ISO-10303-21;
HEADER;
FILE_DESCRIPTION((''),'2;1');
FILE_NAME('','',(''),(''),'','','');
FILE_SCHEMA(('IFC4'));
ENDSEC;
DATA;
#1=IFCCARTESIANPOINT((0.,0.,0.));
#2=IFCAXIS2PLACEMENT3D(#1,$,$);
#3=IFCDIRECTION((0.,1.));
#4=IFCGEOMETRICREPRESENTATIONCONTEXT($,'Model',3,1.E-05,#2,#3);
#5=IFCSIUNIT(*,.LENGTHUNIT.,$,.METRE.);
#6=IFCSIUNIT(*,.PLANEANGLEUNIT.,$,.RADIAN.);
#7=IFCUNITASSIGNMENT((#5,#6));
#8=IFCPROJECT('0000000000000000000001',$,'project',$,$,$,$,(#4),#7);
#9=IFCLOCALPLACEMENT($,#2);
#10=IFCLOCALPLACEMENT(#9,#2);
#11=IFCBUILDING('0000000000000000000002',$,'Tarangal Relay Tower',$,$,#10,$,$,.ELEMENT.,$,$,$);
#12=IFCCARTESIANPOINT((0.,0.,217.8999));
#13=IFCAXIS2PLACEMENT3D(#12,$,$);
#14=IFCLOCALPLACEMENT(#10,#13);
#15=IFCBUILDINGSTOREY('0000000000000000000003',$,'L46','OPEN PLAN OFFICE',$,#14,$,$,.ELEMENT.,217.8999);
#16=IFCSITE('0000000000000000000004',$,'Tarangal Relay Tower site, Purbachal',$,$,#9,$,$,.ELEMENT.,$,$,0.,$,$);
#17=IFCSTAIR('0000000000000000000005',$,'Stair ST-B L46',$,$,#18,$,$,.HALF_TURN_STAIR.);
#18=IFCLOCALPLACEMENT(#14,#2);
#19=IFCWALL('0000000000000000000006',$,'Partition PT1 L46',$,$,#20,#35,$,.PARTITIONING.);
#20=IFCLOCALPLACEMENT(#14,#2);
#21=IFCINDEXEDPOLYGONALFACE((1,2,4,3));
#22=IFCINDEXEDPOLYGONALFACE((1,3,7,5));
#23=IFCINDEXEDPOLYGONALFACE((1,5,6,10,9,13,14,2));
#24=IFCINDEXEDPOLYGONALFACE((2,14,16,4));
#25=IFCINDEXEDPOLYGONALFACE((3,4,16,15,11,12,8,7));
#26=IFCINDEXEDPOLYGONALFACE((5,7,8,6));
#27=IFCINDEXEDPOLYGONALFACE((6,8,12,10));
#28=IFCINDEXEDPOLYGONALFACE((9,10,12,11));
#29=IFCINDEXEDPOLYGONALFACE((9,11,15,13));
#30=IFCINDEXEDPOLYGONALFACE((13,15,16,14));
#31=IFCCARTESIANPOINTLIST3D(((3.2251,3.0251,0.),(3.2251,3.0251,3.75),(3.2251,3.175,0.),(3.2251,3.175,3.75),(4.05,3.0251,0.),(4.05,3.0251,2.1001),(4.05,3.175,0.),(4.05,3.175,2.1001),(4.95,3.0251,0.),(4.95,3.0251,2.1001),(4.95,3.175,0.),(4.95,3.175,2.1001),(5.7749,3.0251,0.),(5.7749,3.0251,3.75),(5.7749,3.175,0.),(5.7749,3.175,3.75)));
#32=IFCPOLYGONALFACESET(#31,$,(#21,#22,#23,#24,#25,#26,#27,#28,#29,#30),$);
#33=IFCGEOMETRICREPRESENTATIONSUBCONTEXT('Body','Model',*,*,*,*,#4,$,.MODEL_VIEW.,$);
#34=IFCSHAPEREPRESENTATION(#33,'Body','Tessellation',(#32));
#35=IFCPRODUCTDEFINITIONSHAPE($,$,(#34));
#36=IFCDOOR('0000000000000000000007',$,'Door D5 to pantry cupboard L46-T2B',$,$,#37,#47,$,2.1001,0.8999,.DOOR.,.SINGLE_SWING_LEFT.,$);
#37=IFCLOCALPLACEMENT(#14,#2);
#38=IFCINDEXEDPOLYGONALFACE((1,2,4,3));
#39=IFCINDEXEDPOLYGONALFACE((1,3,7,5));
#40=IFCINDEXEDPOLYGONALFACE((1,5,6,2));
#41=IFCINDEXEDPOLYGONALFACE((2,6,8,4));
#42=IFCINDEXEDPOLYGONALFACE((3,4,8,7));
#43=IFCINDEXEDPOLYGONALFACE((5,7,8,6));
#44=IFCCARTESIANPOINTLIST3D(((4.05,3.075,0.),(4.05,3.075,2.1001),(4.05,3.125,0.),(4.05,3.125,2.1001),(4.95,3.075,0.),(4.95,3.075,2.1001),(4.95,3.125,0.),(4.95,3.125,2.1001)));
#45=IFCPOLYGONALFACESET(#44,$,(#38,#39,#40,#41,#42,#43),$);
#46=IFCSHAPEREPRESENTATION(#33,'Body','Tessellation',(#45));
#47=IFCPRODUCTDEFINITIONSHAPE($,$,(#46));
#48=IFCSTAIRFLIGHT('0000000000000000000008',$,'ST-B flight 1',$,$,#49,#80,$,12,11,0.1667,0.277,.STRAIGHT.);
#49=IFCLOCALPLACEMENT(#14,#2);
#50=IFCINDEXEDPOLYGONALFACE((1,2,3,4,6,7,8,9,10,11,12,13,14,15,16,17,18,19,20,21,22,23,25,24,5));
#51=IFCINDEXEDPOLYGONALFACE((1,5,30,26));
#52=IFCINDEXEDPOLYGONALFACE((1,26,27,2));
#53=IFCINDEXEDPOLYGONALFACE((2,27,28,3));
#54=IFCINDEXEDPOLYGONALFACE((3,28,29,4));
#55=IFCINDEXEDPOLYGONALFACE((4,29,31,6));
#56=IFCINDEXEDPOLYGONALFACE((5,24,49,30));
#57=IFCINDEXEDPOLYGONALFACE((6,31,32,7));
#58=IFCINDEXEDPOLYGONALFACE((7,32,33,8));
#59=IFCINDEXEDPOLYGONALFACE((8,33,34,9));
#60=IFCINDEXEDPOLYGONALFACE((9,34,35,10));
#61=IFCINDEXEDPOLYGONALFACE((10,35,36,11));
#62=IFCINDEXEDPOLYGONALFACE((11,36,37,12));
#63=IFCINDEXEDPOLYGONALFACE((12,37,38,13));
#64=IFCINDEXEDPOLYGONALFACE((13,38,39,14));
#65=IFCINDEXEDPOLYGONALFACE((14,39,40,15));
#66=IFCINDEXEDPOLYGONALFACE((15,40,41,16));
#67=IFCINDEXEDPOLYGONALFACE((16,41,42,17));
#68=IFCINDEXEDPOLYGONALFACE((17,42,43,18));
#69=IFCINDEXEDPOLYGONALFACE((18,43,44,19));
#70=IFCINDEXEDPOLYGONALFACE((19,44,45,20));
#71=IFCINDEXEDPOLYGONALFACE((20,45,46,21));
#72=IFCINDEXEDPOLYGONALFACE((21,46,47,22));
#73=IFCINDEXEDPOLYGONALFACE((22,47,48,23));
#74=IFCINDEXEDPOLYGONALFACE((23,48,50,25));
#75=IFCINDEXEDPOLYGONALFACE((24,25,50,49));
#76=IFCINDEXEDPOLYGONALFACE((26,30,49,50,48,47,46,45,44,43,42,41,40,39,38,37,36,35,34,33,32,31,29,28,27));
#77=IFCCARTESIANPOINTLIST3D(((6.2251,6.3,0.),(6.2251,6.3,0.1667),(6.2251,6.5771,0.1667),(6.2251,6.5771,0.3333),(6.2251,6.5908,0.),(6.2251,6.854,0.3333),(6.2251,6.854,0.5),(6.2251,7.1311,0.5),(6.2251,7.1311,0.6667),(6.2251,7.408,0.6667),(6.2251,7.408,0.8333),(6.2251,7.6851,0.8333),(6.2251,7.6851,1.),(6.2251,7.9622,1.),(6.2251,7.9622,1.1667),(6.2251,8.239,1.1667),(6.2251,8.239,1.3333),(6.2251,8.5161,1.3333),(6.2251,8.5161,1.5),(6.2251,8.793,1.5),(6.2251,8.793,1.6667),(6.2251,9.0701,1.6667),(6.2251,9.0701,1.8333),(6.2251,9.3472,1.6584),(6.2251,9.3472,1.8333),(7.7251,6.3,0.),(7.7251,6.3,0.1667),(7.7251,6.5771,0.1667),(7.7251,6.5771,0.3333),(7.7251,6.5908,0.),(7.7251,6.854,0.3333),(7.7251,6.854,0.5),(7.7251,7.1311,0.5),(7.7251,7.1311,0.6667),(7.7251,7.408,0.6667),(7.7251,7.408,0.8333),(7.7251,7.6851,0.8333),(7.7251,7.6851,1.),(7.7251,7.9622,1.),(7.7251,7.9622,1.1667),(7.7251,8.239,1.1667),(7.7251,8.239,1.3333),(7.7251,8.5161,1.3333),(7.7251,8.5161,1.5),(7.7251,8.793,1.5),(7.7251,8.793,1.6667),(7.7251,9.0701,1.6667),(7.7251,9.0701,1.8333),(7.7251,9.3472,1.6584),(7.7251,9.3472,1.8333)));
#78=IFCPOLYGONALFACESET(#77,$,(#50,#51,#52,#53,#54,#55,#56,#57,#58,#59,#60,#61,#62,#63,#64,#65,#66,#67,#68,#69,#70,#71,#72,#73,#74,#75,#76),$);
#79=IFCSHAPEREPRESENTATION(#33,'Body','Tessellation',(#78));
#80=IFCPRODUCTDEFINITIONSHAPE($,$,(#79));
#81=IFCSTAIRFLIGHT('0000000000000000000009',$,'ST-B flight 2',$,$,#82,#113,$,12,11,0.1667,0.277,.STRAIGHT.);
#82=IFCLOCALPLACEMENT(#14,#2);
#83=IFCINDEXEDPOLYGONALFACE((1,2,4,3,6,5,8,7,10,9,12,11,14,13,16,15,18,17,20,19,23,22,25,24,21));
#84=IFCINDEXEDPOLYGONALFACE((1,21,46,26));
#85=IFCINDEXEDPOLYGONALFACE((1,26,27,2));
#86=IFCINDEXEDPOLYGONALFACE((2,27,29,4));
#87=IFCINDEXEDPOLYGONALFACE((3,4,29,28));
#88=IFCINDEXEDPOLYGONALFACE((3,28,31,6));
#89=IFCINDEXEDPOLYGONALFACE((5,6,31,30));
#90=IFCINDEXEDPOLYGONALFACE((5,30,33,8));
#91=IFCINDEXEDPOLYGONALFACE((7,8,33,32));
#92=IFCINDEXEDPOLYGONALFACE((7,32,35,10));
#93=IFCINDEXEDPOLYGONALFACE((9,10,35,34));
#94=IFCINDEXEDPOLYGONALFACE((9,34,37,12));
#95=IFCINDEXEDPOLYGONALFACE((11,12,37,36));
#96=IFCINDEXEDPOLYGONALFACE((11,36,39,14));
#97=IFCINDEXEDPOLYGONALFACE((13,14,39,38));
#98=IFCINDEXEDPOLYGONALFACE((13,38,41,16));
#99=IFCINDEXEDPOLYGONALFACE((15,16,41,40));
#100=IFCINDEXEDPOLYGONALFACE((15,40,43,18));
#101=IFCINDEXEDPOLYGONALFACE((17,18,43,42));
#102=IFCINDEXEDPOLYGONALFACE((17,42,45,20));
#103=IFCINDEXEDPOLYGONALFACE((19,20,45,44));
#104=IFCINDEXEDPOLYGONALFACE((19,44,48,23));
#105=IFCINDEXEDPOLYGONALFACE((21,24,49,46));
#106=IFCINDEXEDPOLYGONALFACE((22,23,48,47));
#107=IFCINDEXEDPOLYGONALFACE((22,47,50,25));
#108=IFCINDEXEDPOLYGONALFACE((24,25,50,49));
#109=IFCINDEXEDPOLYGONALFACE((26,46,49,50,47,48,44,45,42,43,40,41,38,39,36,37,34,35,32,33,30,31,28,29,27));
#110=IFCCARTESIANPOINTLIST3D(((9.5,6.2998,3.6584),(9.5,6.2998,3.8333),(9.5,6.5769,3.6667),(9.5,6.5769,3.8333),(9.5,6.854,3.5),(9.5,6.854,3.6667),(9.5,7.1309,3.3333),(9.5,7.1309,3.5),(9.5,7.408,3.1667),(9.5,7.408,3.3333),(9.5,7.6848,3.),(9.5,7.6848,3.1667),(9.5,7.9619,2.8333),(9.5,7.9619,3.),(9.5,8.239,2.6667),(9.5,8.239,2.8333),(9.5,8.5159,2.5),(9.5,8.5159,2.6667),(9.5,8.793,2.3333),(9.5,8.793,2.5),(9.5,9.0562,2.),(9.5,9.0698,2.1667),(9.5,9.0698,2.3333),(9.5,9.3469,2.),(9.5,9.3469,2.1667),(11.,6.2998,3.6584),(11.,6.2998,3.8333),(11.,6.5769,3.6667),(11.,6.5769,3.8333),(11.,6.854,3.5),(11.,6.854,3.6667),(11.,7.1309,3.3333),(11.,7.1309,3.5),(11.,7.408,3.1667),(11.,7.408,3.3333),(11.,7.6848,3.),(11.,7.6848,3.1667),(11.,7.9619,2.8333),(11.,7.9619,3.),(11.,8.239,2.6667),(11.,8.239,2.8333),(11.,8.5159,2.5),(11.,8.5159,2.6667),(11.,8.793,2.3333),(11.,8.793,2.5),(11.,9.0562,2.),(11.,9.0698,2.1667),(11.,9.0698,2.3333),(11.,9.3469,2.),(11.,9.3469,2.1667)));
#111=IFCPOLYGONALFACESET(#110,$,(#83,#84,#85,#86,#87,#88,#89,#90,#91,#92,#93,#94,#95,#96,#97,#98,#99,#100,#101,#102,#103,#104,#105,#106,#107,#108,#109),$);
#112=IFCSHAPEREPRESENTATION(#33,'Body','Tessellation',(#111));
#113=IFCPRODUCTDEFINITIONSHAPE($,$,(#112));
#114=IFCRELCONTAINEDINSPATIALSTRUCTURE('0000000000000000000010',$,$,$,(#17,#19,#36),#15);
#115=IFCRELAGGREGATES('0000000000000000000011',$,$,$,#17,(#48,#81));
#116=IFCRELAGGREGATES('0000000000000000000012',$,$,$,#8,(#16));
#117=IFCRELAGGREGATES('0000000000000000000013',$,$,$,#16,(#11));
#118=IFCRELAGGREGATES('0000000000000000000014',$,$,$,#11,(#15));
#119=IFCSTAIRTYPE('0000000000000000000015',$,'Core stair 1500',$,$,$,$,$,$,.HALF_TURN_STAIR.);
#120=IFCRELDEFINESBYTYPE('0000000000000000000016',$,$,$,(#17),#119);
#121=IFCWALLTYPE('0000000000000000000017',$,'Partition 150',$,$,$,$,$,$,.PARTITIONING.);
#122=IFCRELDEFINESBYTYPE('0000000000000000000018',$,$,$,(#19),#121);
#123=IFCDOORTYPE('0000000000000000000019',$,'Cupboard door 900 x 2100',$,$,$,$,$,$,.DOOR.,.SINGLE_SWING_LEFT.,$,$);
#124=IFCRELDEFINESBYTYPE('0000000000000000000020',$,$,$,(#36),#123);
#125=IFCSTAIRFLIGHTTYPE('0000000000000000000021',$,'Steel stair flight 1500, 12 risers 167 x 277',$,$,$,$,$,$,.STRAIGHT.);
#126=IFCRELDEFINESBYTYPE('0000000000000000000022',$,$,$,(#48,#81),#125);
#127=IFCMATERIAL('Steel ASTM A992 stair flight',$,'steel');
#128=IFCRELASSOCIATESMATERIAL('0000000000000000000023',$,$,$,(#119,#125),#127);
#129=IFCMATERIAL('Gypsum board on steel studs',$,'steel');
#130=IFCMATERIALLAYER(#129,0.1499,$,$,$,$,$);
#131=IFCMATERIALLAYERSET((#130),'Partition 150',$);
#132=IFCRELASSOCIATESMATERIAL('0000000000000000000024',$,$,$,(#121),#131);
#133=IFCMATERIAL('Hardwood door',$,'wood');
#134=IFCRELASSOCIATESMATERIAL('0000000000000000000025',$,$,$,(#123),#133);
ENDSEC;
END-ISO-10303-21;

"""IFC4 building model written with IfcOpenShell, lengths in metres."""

from ifc_helpers import new_model, si_unit, direction, frame, frame_2d, origin, place, context, subcontext, project, spatial, polyline, rectangle, outline, extrude, material, layer, layer_set, type_object, element, fill, aggregate, save


model = new_model("IFC4")

# Units and contexts
model_context = context("Model", 3, precision=1e-05, world=origin(), true_north=direction((0.0, 1.0)))
body_context = subcontext(model_context, "Body", "Model", "MODEL_VIEW")
ifc_project = project(units=[si_unit("LENGTHUNIT", "METRE"), si_unit("PLANEANGLEUNIT", "RADIAN")], contexts=[model_context])

# Site, building, storey
site_placement = place(None, origin())
site = spatial("IfcSite", under=ifc_project, at=site_placement, Name="Tarangal Relay Tower site, Purbachal", CompositionType="ELEMENT", RefElevation=0.0)
building_placement = place(site_placement, origin())
building = spatial("IfcBuilding", under=site, at=building_placement, Name="Tarangal Relay Tower", CompositionType="ELEMENT")
storey_placement = place(building_placement, frame((0.0, 0.0, 217.8999)))
storey = spatial("IfcBuildingStorey", under=building, at=storey_placement, Name="L46", Description="OPEN PLAN OFFICE", CompositionType="ELEMENT", Elevation=217.8999)

# Stair
ifc_material_1 = material(Name="Steel ASTM A992 stair flight", Category="steel")
stair_type = type_object("IfcStairType", Name="Core stair 1500", PredefinedType="HALF_TURN_STAIR", material=ifc_material_1)
stair_1_placement = place(storey_placement, origin())
stair_1 = element("IfcStair", 1, at=stair_1_placement, inside=storey, type_object=stair_type, Name="Stair ST-B L46", PredefinedType="HALF_TURN_STAIR")

# Wall, opening, door
ifc_material_2 = material(Name="Gypsum board on steel studs", Category="steel")
ifc_layer_1 = layer(ifc_material_2, 0.1499)
ifc_layer_set_1 = layer_set([ifc_layer_1], Name="Partition 150")
wall_type_1 = type_object("IfcWallType", Name="Partition 150", PredefinedType="PARTITIONING", material=ifc_layer_set_1)
wall_1_placement = place(storey_placement, frame((3.2251, 3.1001, 0.0), z_axis=(0.0, 0.0, 1.0), x_axis=(1.0, 0.0, 0.0)))
wall_1 = element("IfcWall", 2, at=wall_1_placement, inside=storey, type_object=wall_type_1, Name="Partition PT1 L46", PredefinedType="PARTITIONING", context=body_context, shape_type="SweptSolid", body=[
    extrude(rectangle(XDim=2.5498, YDim=0.1499, at=frame_2d((1.2749, 0.0))), origin(), (0.0, 0.0, 1.0), 3.75),
])
opening_1_placement = place(wall_1_placement, frame((0.825, 0.0, 0.0)))
opening_1 = element("IfcOpeningElement", 3, at=opening_1_placement, cuts=wall_1, PredefinedType="OPENING", context=body_context, shape_type="SweptSolid", body=[
    extrude(rectangle(XDim=0.8999, YDim=2.1001, at=frame_2d((0.45, 1.05))), frame((0.0, 0.085, 0.0), z_axis=(0.0, -1.0, 0.0), x_axis=(1.0, 0.0, 0.0)), (0.0, 0.0, 1.0), 0.1699),
])
ifc_material_3 = material(Name="Hardwood door", Category="wood")
door_type_1 = type_object("IfcDoorType", Name="Cupboard door 900 x 2100", OperationType="SINGLE_SWING_LEFT", PredefinedType="DOOR", material=ifc_material_3)
door_1_placement = place(opening_1_placement, origin())
door_1 = element("IfcDoor", 4, at=door_1_placement, inside=storey, type_object=door_type_1, Name="Door D5 to pantry cupboard L46-T2B", OperationType="SINGLE_SWING_LEFT", OverallHeight=2.1001, OverallWidth=0.8999, PredefinedType="DOOR", context=body_context, shape_type="SweptSolid", body=[
    extrude(rectangle(XDim=0.8999, YDim=2.1001, at=frame_2d((0.45, 1.05))), frame((0.0, 0.0249, 0.0), z_axis=(0.0, -1.0, 0.0), x_axis=(1.0, 0.0, 0.0)), (0.0, 0.0, 1.0), 0.05),
])
fill(opening_1, door_1)

# Stair flights
stair_flight_type = type_object("IfcStairFlightType", Name="Steel stair flight 1500, 12 risers 167 x 277", PredefinedType="STRAIGHT", material=ifc_material_1)
stair_flight_1_placement = place(storey_placement, frame((6.9751, 6.3, 0.0), z_axis=(0.0, 0.0, 1.0), x_axis=(0.0, 1.0, 0.0)))
stair_flight_1 = element("IfcStairFlight", 5, at=stair_flight_1_placement, type_object=stair_flight_type, Name="ST-B flight 1", NumberOfRisers=12, NumberOfTreads=11, PredefinedType="STRAIGHT", RiserHeight=0.1667, TreadLength=0.277, context=body_context, shape_type="SweptSolid", body=[
    extrude(outline(polyline([(0.0, 0.0), (0.0, 0.1667), (0.2771, 0.1667), (0.2771, 0.3333), (0.554, 0.3333), (0.554, 0.5), (0.8311, 0.5), (0.8311, 0.6667), (1.1079, 0.6667), (1.1079, 0.8333), (1.385, 0.8333), (1.385, 1.0), (1.6621, 1.0), (1.6621, 1.1667), (1.939, 1.1667), (1.939, 1.3333), (2.2161, 1.3333), (2.2161, 1.5), (2.4929, 1.5), (2.4929, 1.6667), (2.77, 1.6667), (2.77, 1.8333), (3.0471, 1.8333), (3.0471, 2.0), (3.0471, 1.6584), (0.2908, 0.0), (0.0, 0.0)])), frame((0.0, 0.75, 0.0), z_axis=(0.0, -1.0, 0.0), x_axis=(1.0, 0.0, 0.0)), (0.0, 0.0, 1.0), 1.5),
])
stair_flight_2_placement = place(storey_placement, frame((10.25, 9.3469, 2.0), z_axis=(0.0, 0.0, 1.0), x_axis=(0.0, -1.0, 0.0)))
stair_flight_2 = element("IfcStairFlight", 6, at=stair_flight_2_placement, type_object=stair_flight_type, Name="ST-B flight 2", NumberOfRisers=12, NumberOfTreads=11, PredefinedType="STRAIGHT", RiserHeight=0.1667, TreadLength=0.277, context=body_context, shape_type="SweptSolid", body=[
    extrude(outline(polyline([(0.0, 0.0), (0.0, 0.1667), (0.2771, 0.1667), (0.2771, 0.3333), (0.554, 0.3333), (0.554, 0.5), (0.8311, 0.5), (0.8311, 0.6667), (1.1079, 0.6667), (1.1079, 0.8333), (1.385, 0.8333), (1.385, 1.0), (1.6621, 1.0), (1.6621, 1.1667), (1.939, 1.1667), (1.939, 1.3333), (2.2161, 1.3333), (2.2161, 1.5), (2.4929, 1.5), (2.4929, 1.6667), (2.77, 1.6667), (2.77, 1.8333), (3.0471, 1.8333), (3.0471, 2.0), (3.0471, 1.6584), (0.2908, 0.0), (0.0, 0.0)])), frame((0.0, 0.75, 0.0), z_axis=(0.0, -1.0, 0.0), x_axis=(1.0, 0.0, 0.0)), (0.0, 0.0, 1.0), 1.5),
])
aggregate(stair_1, [stair_flight_1, stair_flight_2])

save(model, "model.ifc")
